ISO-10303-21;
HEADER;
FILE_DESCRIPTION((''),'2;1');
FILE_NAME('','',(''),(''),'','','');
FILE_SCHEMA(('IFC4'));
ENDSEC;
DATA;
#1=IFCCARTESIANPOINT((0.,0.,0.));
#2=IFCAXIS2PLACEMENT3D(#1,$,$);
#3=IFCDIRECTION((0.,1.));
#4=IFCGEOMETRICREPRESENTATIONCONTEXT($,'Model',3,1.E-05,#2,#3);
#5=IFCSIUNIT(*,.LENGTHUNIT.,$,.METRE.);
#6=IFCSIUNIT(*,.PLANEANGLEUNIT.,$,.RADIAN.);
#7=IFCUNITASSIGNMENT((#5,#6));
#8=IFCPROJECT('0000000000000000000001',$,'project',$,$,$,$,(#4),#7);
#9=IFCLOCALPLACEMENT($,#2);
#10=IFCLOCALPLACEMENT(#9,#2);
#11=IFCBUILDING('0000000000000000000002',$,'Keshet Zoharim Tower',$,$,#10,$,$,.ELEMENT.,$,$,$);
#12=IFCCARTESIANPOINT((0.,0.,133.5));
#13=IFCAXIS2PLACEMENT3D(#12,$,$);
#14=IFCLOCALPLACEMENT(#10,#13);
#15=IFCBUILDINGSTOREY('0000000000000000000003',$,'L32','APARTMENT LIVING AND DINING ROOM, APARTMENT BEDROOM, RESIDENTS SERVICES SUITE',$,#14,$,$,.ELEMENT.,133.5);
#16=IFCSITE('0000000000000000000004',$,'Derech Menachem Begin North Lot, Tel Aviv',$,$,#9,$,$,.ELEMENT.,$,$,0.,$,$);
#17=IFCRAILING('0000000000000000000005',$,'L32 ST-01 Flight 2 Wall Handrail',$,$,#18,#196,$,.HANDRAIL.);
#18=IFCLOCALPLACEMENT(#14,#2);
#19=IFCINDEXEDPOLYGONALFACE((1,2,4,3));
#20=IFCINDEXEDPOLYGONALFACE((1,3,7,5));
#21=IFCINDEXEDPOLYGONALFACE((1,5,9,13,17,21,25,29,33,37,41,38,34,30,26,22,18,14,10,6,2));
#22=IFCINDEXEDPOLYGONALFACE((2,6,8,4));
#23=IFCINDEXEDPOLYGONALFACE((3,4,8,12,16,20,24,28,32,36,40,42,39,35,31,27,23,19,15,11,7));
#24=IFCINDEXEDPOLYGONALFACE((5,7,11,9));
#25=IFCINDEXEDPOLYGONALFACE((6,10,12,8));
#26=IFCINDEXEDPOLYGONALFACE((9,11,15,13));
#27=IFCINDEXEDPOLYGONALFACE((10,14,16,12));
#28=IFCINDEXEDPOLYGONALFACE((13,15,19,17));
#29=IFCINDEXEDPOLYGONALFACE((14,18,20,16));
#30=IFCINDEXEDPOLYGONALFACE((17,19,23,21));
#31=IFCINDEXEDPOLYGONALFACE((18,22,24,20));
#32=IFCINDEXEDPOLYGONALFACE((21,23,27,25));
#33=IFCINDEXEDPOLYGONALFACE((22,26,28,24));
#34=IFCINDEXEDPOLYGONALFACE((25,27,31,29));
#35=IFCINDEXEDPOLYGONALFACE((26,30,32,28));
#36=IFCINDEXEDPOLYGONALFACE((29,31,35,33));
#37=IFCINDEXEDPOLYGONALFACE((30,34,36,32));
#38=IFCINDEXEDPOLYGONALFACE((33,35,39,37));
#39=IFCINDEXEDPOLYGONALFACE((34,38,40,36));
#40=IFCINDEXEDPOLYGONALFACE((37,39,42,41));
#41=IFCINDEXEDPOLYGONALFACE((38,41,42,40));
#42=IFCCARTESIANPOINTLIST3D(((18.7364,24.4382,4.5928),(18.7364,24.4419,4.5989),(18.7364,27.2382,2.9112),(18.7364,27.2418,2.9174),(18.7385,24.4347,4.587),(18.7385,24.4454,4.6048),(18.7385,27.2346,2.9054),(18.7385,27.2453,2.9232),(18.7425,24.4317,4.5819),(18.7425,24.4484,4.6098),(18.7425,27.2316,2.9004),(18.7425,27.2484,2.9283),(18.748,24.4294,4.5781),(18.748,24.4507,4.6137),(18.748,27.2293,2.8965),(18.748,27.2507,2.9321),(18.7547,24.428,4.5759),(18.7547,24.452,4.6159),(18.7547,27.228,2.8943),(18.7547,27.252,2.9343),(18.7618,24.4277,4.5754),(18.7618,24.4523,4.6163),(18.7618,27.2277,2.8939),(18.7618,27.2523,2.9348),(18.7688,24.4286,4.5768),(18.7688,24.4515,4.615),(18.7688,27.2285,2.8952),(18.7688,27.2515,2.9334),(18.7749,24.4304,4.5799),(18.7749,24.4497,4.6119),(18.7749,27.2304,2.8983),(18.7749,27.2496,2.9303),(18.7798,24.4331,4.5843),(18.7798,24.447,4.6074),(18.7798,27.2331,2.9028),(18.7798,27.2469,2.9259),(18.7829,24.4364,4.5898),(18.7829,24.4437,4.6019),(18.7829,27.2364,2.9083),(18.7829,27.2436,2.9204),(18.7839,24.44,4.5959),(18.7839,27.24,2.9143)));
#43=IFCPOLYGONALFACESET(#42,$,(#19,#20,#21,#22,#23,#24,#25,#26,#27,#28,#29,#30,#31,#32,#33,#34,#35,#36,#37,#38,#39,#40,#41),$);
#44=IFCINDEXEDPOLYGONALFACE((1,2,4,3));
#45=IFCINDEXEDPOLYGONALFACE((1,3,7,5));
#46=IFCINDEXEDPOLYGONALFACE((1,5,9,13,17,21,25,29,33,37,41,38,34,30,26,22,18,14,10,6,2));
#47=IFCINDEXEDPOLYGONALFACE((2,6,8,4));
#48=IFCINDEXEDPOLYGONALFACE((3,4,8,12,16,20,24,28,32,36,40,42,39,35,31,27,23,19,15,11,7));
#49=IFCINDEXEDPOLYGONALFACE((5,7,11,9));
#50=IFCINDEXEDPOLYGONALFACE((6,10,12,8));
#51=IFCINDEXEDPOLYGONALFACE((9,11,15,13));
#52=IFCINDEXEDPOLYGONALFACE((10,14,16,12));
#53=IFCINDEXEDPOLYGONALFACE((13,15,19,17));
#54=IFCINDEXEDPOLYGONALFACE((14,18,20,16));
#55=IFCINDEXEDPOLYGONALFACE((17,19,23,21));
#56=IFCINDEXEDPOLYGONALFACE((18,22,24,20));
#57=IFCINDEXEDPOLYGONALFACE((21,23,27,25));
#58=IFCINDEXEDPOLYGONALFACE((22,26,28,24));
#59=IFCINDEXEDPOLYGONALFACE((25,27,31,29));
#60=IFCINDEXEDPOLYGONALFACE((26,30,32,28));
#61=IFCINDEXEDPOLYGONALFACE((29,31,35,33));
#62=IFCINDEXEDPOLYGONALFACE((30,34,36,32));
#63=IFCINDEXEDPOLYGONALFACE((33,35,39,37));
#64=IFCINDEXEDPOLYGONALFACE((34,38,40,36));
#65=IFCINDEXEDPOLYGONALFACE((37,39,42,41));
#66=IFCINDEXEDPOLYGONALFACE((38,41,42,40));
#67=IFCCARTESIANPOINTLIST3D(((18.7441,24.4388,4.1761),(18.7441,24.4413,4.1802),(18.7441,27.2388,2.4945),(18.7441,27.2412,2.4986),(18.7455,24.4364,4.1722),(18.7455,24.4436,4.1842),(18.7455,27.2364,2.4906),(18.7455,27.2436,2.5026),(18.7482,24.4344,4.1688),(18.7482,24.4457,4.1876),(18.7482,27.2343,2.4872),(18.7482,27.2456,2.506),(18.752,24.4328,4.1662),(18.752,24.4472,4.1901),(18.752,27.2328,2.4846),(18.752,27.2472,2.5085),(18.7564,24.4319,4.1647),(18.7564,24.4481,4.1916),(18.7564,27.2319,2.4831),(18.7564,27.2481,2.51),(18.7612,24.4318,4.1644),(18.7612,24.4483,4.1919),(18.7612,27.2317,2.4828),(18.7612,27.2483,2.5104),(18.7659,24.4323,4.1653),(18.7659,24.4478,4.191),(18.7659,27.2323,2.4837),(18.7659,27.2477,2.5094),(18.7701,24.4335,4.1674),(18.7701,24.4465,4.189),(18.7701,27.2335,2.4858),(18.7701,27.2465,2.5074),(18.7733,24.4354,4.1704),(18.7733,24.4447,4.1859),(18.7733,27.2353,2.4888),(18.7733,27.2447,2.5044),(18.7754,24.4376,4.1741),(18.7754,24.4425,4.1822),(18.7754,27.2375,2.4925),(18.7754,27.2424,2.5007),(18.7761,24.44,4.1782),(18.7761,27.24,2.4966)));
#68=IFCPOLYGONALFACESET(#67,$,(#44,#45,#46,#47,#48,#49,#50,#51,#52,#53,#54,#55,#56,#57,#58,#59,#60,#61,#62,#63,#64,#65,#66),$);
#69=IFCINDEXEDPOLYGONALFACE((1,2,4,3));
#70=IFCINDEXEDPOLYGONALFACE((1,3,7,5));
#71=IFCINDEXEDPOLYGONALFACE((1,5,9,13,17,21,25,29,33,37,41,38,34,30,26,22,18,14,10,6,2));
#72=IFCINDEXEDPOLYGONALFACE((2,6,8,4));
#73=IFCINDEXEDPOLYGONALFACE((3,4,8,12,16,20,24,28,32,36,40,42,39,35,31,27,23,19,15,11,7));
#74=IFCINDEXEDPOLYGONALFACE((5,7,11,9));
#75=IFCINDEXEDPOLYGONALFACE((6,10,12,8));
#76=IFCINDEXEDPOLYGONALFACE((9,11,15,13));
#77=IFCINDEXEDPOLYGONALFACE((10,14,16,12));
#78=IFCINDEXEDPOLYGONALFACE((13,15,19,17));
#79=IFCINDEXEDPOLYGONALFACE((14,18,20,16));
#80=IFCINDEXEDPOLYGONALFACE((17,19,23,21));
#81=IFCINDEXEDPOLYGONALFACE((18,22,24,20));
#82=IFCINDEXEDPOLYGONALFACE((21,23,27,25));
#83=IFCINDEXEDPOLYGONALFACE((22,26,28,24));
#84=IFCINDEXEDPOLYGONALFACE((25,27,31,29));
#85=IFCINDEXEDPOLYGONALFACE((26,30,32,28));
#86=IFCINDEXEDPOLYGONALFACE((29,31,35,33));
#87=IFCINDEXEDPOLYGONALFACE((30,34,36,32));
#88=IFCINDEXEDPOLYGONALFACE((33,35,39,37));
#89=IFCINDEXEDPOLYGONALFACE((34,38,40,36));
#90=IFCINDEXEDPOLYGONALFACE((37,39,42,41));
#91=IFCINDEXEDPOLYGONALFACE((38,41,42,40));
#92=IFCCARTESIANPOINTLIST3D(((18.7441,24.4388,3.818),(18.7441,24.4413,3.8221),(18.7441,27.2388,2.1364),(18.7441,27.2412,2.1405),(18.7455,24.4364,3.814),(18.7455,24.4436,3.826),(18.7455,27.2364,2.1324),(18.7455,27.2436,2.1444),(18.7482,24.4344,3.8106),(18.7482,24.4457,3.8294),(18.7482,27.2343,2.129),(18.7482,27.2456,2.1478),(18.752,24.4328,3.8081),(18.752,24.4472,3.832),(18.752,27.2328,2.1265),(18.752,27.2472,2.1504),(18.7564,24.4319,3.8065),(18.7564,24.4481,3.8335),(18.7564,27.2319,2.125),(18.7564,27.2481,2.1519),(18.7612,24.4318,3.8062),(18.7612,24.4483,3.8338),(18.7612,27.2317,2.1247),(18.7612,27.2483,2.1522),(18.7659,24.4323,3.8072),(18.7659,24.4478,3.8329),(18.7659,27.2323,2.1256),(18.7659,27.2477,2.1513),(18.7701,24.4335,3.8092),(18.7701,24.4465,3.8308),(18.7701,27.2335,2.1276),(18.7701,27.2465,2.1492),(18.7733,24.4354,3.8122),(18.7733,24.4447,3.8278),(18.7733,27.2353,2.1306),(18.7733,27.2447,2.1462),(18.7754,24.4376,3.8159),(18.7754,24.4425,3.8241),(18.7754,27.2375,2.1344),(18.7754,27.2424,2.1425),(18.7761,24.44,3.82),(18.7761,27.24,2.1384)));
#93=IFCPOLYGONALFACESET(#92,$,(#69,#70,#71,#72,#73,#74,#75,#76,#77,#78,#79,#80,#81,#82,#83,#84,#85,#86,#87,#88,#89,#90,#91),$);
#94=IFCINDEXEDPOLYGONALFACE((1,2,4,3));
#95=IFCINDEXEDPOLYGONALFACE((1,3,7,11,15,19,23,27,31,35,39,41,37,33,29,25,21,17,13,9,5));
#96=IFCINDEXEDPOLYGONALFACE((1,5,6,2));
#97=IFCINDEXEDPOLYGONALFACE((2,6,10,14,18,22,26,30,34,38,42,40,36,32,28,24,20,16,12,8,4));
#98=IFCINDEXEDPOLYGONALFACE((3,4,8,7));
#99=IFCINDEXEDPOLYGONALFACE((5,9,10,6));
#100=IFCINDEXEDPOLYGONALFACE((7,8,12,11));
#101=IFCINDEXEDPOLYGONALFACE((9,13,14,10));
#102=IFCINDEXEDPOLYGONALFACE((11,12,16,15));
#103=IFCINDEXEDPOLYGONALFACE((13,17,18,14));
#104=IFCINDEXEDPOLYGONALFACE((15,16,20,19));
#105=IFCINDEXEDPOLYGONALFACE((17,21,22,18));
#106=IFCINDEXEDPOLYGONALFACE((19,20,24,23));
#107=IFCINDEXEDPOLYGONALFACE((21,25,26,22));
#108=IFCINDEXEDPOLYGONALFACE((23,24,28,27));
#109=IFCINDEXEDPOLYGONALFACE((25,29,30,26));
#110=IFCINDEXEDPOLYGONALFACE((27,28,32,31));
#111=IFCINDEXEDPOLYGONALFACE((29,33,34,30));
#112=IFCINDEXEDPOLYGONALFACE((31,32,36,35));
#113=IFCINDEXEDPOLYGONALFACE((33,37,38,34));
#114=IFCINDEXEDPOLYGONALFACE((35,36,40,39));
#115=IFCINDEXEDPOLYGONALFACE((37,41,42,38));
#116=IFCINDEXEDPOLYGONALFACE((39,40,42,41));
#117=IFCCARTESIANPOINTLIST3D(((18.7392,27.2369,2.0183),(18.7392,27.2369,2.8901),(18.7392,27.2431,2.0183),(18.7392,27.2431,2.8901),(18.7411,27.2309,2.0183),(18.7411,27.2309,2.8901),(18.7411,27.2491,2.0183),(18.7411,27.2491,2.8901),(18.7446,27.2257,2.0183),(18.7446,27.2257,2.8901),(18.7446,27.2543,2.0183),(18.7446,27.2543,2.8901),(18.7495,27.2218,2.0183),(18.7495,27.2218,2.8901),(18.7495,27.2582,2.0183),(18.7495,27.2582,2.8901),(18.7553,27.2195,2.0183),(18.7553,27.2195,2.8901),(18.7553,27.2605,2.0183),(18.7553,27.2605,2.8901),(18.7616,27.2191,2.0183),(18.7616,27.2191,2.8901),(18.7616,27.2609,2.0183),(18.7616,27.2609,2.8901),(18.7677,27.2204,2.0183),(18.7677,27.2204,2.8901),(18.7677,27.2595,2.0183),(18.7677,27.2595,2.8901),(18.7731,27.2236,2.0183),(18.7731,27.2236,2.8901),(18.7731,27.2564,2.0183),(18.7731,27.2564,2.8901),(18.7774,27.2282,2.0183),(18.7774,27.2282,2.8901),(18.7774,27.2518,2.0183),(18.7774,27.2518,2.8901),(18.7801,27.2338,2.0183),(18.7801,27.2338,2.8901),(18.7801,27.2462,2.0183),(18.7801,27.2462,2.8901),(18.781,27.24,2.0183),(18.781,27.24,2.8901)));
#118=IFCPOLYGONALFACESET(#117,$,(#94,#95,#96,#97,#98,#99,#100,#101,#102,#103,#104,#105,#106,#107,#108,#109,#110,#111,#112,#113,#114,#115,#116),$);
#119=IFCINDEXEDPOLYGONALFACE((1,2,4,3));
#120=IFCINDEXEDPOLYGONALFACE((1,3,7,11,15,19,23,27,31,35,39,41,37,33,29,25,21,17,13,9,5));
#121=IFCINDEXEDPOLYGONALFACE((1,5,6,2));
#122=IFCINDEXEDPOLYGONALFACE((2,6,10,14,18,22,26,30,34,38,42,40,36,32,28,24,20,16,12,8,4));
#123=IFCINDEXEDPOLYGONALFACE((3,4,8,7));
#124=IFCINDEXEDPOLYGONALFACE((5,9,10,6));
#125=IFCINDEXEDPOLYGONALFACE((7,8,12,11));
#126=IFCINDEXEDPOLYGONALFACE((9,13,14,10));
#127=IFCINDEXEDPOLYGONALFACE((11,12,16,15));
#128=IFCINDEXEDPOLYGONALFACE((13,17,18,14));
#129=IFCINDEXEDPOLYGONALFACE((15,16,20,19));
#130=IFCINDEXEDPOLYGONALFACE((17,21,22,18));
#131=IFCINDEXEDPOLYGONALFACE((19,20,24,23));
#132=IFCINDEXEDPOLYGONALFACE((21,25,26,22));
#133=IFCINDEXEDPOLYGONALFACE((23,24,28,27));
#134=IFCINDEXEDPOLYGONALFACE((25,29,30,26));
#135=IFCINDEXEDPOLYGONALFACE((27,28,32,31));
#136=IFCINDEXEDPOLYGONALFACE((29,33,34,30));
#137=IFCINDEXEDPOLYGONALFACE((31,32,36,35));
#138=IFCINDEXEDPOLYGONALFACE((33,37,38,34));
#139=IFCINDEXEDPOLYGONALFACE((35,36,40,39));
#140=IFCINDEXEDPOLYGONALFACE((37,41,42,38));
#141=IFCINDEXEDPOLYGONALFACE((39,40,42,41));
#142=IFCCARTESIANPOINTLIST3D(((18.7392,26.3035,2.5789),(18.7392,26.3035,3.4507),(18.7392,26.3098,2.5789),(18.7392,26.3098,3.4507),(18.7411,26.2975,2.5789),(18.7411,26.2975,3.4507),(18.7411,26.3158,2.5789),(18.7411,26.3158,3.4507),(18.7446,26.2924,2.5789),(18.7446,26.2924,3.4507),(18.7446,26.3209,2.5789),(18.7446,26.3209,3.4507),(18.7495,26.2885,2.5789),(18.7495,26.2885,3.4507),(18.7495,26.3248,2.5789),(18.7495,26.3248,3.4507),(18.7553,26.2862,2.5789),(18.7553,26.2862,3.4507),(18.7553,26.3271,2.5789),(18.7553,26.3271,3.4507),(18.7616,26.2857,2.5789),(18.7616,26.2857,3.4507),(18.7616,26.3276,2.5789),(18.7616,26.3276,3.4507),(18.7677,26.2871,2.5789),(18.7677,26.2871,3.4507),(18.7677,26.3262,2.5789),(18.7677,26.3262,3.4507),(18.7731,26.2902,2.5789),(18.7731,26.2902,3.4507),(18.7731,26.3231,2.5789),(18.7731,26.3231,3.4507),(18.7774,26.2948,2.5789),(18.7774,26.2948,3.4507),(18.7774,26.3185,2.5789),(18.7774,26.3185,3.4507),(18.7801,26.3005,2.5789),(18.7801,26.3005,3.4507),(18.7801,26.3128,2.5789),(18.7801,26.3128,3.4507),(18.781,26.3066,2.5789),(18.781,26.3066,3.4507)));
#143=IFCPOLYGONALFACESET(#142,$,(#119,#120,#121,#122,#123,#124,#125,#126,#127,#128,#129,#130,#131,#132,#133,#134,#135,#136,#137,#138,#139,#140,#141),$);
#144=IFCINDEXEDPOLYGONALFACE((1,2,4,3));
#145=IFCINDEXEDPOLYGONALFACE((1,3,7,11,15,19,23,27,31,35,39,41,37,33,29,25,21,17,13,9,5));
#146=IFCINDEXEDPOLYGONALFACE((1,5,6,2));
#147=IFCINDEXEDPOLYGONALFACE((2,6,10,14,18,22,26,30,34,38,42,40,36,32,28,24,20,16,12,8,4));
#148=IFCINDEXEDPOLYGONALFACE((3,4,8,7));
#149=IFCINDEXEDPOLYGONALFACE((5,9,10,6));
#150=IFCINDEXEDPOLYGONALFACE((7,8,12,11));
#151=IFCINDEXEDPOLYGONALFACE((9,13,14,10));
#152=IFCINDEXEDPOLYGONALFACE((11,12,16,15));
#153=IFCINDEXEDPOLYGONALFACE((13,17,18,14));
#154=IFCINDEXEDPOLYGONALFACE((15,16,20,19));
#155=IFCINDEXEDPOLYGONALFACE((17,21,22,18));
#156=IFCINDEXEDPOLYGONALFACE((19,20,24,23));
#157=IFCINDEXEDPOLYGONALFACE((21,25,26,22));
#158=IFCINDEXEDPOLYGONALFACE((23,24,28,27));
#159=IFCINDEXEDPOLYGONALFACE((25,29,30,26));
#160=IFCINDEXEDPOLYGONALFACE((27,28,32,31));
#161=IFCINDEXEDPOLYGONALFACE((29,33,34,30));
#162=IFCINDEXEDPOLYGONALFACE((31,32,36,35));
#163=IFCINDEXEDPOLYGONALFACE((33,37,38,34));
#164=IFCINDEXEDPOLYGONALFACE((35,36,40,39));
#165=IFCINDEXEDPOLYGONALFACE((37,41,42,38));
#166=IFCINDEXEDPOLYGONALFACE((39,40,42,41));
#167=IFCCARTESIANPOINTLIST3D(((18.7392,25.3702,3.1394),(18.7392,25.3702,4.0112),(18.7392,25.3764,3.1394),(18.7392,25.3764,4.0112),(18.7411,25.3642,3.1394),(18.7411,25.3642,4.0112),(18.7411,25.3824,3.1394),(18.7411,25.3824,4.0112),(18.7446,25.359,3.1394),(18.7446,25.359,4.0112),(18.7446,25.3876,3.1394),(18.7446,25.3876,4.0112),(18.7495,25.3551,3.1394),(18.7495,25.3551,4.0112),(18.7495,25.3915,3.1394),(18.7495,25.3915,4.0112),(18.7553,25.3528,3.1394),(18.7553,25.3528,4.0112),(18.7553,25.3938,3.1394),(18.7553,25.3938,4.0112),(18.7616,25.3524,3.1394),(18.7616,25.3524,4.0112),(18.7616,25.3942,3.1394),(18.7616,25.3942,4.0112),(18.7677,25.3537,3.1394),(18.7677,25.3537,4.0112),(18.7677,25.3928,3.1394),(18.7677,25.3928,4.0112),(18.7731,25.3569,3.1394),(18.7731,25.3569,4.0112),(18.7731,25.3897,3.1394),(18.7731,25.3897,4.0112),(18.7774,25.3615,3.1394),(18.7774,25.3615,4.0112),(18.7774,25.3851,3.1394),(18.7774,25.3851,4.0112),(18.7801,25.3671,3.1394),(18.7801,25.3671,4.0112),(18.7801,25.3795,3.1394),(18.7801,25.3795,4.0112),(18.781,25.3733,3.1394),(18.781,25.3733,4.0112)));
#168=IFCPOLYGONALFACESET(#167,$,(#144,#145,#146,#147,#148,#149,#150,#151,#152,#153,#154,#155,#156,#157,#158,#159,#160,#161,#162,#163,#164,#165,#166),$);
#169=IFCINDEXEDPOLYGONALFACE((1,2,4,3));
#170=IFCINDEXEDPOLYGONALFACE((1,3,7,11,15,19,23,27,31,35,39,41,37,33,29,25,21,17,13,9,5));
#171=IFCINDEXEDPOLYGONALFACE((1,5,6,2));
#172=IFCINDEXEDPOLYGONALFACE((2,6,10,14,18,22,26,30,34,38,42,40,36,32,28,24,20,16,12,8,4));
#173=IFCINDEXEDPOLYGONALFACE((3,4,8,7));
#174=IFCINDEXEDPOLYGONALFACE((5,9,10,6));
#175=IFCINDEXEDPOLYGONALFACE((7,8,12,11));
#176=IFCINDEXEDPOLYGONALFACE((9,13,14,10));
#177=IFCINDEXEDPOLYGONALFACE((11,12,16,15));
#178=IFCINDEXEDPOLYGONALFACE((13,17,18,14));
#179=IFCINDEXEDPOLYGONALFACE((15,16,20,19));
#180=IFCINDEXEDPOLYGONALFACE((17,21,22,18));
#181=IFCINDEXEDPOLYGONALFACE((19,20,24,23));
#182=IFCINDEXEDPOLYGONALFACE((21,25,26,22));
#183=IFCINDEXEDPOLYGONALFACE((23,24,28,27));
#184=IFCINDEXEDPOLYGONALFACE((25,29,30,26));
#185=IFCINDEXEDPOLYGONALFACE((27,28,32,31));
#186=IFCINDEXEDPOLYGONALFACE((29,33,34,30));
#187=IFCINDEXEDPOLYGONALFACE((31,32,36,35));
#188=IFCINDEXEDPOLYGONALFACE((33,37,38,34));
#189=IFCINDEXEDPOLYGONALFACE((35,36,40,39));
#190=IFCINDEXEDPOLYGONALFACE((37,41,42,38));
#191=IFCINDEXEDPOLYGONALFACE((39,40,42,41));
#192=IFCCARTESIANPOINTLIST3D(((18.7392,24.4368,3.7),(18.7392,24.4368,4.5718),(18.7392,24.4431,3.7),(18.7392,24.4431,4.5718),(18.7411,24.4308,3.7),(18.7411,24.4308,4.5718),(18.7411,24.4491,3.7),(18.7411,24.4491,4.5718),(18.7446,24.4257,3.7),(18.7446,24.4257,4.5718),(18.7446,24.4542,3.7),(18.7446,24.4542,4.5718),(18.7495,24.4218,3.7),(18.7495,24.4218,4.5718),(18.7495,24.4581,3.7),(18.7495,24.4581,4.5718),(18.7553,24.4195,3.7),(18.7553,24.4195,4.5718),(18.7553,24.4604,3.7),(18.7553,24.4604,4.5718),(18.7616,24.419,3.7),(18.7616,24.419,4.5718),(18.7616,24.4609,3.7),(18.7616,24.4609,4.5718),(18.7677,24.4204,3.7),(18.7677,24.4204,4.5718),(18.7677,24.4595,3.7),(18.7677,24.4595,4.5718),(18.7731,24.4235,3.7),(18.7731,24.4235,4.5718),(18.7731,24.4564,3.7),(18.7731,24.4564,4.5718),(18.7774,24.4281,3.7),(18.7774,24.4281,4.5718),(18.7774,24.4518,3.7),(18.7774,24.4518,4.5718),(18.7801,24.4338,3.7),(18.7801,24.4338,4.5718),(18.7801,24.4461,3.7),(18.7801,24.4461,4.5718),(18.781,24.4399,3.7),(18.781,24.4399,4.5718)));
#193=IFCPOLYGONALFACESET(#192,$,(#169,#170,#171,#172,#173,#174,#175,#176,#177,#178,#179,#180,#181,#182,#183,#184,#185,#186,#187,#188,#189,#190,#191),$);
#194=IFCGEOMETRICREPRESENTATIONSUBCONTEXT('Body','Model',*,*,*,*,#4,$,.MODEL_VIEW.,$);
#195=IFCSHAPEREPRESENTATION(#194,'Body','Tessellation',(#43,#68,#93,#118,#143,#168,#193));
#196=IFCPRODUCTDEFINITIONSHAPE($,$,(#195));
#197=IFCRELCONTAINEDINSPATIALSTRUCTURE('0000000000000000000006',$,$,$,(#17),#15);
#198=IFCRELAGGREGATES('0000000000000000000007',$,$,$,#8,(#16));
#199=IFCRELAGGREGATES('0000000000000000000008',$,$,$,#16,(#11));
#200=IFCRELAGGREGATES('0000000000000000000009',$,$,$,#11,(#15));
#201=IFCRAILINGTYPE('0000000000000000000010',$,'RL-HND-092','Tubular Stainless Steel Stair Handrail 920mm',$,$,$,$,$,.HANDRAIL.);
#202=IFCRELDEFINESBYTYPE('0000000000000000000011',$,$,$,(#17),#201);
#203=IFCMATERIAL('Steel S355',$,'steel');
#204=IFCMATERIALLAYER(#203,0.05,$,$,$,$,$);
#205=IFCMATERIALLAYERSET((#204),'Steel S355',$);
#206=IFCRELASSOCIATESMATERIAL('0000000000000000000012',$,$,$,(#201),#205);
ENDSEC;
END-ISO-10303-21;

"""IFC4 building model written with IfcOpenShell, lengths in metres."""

from ifc_helpers import new_model, si_unit, direction, frame, origin, origin_2d, place, context, subcontext, project, spatial, circle, extrude, material, layer, layer_set, type_object, element, save


model = new_model("IFC4")

# Units and contexts
model_context = context("Model", 3, precision=1e-05, world=origin(), true_north=direction((0.0, 1.0)))
body_context = subcontext(model_context, "Body", "Model", "MODEL_VIEW")
ifc_project = project(units=[si_unit("LENGTHUNIT", "METRE"), si_unit("PLANEANGLEUNIT", "RADIAN")], contexts=[model_context])

# Site, building, storey
site_placement = place(None, origin())
site = spatial("IfcSite", under=ifc_project, at=site_placement, Name="Derech Menachem Begin North Lot, Tel Aviv", CompositionType="ELEMENT", RefElevation=0.0)
building_placement = place(site_placement, origin())
building = spatial("IfcBuilding", under=site, at=building_placement, Name="Keshet Zoharim Tower", CompositionType="ELEMENT")
storey_placement = place(building_placement, frame((0.0, 0.0, 133.5)))
storey = spatial("IfcBuildingStorey", under=building, at=storey_placement, Name="L32", Description="APARTMENT LIVING AND DINING ROOM, APARTMENT BEDROOM, RESIDENTS SERVICES SUITE", CompositionType="ELEMENT", Elevation=133.5)

# Shared definitions
ifc_material_1 = material(Name="Steel S355", Category="steel")

# Railing
ifc_layer_1 = layer(ifc_material_1, 0.05)
ifc_layer_set_1 = layer_set([ifc_layer_1], Name="Steel S355")
railing_type = type_object("IfcRailingType", Name="RL-HND-092", Description="Tubular Stainless Steel Stair Handrail 920mm", PredefinedType="HANDRAIL", material=ifc_layer_set_1)
for number, where, name in (
    (1, (18.76, 27.24, 2.0183), "L32 ST-01 Flight 2 Wall Handrail"),
):
    element("IfcRailing", number, at=place(storey_placement, frame(where)), inside=storey, type_object=railing_type, Name=name, PredefinedType="HANDRAIL", context=body_context, shape_type="SweptSolid", body=[
        extrude(circle(Radius=0.0239, at=origin_2d()), frame((0.0, 0.0, 0.896), z_axis=(0.0, -0.857275, 0.514858), x_axis=(1.0, 0.0, 0.0)), (0.0, 0.0, 1.0), 3.2661),
        extrude(circle(Radius=0.0161, at=origin_2d()), frame((0.0, 0.0, 0.4783), z_axis=(0.0, -0.857275, 0.514858), x_axis=(1.0, 0.0, 0.0)), (0.0, 0.0, 1.0), 3.2661),
        extrude(circle(Radius=0.0161, at=origin_2d()), frame((0.0, 0.0, 0.1201), z_axis=(0.0, -0.857275, 0.514858), x_axis=(1.0, 0.0, 0.0)), (0.0, 0.0, 1.0), 3.2661),
        extrude(circle(Radius=0.021, at=origin_2d()), origin(), (0.0, 0.0, 1.0), 0.8718),
        extrude(circle(Radius=0.021, at=origin_2d()), frame((0.0, -0.9333, 0.5605)), (0.0, 0.0, 1.0), 0.8718),
        extrude(circle(Radius=0.021, at=origin_2d()), frame((0.0, -1.8667, 1.1211)), (0.0, 0.0, 1.0), 0.8718),
        extrude(circle(Radius=0.021, at=origin_2d()), frame((0.0, -2.8, 1.6816)), (0.0, 0.0, 1.0), 0.8718),
    ])

save(model, "model.ifc")
